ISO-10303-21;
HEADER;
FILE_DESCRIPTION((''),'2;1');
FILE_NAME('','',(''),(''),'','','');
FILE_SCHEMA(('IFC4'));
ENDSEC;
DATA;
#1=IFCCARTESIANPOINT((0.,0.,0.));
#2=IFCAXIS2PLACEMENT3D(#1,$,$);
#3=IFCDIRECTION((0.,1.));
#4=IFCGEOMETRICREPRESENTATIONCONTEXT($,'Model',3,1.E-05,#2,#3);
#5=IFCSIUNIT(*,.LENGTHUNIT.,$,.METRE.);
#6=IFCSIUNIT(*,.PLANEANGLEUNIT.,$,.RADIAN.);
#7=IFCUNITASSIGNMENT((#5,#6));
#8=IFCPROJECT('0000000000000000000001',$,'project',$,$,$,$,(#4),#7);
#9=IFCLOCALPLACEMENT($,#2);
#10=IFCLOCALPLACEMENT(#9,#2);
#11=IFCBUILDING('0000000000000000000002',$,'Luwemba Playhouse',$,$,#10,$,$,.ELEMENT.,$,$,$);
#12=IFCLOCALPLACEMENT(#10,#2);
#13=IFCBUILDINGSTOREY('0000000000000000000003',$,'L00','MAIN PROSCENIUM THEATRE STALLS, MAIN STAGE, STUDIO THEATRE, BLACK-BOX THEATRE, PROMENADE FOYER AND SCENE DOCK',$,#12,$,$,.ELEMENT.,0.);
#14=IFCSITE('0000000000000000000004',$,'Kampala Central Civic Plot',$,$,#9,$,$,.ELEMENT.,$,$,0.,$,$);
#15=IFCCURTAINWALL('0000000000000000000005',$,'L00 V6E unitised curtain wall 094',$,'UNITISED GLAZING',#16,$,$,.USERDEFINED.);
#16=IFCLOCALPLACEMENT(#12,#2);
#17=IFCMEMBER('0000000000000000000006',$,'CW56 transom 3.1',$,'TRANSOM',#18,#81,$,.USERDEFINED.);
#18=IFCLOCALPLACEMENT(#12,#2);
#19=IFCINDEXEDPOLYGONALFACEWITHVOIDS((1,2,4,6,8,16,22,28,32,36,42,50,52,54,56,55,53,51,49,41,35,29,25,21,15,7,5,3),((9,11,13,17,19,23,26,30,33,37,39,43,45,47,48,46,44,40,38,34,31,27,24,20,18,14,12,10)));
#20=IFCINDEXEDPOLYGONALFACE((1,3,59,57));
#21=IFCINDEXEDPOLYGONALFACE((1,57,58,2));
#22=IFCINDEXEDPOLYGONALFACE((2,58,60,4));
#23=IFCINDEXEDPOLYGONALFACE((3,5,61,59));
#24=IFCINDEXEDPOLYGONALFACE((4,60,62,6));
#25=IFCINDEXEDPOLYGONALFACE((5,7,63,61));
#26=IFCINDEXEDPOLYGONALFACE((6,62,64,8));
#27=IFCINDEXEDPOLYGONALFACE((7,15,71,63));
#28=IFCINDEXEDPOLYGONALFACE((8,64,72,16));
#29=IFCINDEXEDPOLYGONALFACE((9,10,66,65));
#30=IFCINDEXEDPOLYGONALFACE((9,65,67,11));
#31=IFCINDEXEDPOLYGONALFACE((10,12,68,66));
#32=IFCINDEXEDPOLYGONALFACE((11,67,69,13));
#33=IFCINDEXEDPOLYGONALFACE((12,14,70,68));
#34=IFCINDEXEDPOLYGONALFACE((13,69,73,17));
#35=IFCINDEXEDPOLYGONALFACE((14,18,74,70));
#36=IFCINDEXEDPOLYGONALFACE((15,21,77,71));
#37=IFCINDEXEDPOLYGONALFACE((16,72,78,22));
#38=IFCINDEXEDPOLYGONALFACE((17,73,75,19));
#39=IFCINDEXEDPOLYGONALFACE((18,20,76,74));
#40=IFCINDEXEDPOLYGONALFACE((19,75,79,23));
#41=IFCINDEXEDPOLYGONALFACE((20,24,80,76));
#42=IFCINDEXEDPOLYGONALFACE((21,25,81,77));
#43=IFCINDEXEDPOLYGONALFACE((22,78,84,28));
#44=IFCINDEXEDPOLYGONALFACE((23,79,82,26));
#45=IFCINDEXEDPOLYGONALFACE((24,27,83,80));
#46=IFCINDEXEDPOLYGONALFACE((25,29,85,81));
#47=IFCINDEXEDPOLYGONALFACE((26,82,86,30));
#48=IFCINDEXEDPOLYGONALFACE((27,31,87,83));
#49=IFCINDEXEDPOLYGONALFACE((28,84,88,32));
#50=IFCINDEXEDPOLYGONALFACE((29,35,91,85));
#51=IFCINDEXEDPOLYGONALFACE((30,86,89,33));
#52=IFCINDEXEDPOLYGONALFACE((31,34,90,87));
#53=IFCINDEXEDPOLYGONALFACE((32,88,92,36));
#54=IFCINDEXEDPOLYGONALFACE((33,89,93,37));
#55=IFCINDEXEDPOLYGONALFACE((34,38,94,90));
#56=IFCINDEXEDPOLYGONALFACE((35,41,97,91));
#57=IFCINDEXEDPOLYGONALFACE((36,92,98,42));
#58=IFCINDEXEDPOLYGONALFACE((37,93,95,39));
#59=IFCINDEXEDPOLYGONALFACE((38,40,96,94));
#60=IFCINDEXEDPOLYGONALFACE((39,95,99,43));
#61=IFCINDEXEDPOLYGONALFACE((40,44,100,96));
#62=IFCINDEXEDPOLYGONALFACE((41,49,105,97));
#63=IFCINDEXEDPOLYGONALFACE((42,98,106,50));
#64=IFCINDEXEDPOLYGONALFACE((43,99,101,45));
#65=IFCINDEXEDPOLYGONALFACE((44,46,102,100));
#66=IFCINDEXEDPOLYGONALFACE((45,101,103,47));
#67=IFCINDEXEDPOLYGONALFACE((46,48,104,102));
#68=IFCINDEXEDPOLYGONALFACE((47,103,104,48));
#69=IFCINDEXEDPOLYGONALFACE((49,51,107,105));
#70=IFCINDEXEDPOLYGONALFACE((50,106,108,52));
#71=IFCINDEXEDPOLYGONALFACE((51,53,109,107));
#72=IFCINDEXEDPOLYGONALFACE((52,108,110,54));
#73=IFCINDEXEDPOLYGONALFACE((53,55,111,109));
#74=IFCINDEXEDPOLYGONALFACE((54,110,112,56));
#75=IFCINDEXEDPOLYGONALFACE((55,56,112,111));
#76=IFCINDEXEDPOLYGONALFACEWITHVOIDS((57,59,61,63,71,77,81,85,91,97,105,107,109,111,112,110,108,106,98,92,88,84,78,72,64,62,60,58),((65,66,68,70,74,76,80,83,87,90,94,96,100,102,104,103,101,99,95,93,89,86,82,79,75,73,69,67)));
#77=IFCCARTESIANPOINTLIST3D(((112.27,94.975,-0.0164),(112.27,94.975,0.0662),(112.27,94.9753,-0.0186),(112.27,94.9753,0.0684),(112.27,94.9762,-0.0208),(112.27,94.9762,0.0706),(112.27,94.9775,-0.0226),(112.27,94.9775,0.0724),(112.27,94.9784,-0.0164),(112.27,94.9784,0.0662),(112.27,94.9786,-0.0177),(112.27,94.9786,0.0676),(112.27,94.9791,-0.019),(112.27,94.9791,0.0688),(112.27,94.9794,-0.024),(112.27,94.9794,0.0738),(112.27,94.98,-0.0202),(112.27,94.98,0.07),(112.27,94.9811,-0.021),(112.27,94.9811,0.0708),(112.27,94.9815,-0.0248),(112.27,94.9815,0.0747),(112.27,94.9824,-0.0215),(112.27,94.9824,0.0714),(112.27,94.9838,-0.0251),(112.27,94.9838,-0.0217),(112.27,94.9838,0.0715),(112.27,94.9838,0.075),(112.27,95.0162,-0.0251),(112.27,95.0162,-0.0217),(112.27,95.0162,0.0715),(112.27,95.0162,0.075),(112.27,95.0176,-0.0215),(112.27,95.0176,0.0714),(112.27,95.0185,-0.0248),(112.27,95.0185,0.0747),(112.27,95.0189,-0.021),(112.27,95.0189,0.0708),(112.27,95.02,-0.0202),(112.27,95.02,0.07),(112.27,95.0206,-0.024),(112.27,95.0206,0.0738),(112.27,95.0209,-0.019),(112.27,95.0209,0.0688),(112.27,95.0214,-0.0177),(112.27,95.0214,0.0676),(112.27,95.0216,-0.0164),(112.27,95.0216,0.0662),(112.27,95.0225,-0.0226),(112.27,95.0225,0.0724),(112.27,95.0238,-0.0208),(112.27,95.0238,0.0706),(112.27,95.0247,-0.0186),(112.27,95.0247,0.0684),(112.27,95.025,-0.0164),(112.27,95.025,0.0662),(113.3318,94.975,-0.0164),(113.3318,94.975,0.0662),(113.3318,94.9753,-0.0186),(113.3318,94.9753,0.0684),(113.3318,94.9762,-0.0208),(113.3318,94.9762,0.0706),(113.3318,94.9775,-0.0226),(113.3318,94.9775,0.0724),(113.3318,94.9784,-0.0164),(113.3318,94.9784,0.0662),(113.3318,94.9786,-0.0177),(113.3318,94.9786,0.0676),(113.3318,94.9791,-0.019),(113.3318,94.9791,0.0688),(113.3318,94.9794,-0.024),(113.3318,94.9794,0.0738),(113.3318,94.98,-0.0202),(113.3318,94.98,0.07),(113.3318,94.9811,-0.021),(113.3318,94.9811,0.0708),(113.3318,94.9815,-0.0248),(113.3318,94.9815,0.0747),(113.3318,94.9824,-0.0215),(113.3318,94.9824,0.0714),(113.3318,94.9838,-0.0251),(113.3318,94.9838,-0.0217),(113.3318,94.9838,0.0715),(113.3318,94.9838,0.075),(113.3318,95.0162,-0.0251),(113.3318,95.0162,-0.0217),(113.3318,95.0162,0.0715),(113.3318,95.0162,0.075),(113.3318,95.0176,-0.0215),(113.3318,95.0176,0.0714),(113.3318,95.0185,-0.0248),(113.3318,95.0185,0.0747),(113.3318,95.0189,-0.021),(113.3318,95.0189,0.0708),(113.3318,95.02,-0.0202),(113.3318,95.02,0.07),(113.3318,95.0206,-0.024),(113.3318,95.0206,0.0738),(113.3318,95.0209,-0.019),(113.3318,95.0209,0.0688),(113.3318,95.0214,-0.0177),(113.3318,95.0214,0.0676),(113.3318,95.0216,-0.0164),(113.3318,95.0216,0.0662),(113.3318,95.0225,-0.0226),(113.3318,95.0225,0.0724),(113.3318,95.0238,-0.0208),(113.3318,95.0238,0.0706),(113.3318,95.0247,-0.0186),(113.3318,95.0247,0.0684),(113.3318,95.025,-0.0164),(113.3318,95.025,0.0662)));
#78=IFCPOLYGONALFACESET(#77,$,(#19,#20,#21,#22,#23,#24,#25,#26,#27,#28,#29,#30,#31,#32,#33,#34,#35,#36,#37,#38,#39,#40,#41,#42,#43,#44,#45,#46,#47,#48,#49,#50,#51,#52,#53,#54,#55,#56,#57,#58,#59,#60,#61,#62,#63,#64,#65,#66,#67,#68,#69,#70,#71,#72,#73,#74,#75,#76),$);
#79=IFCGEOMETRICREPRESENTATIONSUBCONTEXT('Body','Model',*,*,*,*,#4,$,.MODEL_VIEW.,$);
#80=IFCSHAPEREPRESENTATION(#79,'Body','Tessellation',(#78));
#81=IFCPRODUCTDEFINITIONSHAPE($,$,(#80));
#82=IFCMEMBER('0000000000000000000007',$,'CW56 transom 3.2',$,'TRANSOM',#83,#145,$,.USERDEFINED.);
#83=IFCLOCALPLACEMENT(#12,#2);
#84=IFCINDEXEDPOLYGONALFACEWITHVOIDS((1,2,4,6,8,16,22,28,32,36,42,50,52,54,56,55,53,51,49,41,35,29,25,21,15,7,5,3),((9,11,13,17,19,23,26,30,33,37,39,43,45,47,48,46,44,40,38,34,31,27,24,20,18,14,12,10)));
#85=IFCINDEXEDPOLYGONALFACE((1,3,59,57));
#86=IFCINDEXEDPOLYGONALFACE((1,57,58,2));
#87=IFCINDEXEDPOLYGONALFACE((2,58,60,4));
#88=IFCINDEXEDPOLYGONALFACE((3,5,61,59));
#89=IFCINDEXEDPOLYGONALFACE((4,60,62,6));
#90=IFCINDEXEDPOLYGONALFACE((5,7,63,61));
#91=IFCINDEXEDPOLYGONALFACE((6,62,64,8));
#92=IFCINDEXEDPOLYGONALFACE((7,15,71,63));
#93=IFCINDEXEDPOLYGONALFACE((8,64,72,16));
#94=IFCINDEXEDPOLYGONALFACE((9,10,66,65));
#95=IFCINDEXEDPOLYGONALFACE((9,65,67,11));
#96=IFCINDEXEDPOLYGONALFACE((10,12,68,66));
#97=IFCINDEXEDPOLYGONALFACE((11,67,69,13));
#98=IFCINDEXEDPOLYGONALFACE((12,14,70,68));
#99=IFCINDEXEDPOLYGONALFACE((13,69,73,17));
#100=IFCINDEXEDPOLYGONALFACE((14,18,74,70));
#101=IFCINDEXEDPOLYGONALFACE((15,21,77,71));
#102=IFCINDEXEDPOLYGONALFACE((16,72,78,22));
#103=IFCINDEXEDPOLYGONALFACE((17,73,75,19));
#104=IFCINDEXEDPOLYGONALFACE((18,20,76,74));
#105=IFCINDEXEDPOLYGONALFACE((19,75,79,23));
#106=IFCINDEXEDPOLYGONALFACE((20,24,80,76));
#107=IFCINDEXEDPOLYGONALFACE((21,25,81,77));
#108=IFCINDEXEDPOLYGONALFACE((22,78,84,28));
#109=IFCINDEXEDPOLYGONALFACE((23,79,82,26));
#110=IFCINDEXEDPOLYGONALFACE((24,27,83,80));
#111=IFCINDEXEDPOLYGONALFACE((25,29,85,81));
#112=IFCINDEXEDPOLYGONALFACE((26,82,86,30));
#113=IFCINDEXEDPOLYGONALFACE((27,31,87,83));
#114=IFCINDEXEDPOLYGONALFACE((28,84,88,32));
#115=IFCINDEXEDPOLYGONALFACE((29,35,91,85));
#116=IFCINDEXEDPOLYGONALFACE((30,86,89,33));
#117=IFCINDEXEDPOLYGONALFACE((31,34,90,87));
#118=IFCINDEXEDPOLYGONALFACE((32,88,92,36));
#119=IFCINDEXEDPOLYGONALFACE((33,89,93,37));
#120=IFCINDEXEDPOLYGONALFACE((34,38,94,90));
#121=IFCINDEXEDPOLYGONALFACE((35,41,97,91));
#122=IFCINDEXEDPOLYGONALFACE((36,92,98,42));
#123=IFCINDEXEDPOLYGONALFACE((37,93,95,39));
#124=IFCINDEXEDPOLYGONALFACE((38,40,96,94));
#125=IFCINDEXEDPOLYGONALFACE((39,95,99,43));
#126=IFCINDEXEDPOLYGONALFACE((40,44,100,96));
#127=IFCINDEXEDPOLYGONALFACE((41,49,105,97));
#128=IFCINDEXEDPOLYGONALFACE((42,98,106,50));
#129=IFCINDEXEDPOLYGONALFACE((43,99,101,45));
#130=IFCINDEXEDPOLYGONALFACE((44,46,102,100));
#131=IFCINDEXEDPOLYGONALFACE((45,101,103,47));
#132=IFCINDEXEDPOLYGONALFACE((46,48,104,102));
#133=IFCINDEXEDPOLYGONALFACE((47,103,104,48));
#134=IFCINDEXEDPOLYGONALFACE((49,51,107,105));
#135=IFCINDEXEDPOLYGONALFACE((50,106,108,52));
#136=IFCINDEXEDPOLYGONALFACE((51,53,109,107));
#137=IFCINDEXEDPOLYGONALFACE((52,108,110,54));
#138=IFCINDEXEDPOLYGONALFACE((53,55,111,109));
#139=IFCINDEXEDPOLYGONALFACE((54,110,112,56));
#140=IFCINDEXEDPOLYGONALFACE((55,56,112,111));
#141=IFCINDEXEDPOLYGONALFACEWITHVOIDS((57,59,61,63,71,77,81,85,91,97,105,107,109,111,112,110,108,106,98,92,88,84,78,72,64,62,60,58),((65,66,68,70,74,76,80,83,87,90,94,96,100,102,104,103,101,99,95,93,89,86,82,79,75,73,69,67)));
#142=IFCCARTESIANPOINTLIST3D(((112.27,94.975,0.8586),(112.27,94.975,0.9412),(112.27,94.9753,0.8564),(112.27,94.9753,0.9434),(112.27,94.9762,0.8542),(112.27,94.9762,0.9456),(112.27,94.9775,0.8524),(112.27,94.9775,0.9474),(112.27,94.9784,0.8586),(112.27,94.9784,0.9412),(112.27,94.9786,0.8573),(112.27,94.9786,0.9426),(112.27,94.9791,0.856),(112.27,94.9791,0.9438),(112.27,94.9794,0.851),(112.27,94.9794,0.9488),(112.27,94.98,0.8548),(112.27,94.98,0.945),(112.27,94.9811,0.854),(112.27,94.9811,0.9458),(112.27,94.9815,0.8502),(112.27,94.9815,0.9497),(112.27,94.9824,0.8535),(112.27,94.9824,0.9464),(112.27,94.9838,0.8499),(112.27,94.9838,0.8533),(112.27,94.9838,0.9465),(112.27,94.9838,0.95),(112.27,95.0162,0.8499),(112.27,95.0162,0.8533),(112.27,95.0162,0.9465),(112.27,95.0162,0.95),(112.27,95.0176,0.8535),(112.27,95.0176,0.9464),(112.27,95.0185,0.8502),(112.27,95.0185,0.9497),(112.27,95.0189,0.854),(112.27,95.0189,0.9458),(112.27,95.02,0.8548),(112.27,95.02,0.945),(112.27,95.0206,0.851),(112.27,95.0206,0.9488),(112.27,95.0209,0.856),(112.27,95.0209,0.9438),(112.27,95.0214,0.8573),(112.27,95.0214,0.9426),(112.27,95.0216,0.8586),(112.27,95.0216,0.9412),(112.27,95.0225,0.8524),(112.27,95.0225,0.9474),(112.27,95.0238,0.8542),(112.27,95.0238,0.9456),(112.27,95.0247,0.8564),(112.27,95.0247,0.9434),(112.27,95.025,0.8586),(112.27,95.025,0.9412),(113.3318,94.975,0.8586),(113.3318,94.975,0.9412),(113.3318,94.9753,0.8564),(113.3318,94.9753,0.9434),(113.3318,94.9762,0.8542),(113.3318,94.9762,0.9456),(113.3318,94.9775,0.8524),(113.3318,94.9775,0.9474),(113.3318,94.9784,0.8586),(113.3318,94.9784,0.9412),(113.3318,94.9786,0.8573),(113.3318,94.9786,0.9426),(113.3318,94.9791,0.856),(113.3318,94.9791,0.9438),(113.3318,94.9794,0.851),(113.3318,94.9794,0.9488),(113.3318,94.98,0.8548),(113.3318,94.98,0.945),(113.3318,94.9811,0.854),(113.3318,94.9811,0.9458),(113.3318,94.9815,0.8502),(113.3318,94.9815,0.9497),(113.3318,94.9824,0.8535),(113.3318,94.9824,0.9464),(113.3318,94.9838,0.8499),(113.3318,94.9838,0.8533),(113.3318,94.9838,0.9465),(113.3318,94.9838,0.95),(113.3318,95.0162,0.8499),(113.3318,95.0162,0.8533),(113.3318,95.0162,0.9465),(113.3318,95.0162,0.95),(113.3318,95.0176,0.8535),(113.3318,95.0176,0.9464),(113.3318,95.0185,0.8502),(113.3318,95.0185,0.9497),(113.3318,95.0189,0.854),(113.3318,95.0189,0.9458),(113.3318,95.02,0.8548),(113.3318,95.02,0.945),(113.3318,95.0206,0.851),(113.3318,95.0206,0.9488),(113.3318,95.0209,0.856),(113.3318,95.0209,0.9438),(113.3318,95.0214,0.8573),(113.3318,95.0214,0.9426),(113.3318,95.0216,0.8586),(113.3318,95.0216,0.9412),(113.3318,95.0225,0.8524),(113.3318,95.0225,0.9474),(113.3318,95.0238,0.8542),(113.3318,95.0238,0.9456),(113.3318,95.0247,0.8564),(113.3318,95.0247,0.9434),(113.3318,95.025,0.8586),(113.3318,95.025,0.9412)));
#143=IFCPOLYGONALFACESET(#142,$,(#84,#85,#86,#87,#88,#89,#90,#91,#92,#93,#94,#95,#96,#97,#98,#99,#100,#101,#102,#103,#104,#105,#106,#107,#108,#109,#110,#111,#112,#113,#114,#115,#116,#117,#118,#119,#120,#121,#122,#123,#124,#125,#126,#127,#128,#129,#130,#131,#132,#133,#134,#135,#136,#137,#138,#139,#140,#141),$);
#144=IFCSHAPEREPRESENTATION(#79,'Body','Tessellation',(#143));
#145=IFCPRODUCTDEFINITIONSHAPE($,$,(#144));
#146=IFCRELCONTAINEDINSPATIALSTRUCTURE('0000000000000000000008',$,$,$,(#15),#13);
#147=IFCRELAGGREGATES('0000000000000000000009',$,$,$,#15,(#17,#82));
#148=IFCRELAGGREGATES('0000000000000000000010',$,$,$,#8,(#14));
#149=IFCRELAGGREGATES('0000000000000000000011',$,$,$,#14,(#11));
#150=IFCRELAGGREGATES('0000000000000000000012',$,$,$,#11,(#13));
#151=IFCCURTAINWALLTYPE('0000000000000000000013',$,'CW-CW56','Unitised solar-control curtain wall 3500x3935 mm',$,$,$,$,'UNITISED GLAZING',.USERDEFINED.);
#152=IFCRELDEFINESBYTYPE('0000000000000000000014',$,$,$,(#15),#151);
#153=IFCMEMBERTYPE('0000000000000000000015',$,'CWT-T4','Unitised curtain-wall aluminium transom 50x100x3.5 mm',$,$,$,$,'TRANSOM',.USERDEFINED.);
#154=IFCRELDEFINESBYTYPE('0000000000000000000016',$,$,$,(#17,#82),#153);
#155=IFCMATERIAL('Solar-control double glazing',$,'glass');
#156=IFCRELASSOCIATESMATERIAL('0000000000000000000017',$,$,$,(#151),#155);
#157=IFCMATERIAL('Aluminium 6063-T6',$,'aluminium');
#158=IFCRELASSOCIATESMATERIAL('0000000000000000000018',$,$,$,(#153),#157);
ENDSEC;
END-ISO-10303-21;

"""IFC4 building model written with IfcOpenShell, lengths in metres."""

from ifc_helpers import new_model, si_unit, direction, frame, origin, origin_2d, place, context, subcontext, project, spatial, hollow_rectangle, extrude, material, material_profile, profile_set, type_object, element, aggregate, save


model = new_model("IFC4")

# Units and contexts
model_context = context("Model", 3, precision=1e-05, world=origin(), true_north=direction((0.0, 1.0)))
body_context = subcontext(model_context, "Body", "Model", "MODEL_VIEW")
ifc_project = project(units=[si_unit("LENGTHUNIT", "METRE"), si_unit("PLANEANGLEUNIT", "RADIAN")], contexts=[model_context])

# Site, building, storey
site_placement = place(None, origin())
site = spatial("IfcSite", under=ifc_project, at=site_placement, Name="Kampala Central Civic Plot", CompositionType="ELEMENT", RefElevation=0.0)
building_placement = place(site_placement, origin())
building = spatial("IfcBuilding", under=site, at=building_placement, Name="Luwemba Playhouse", CompositionType="ELEMENT")
storey_placement = place(building_placement, origin())
storey = spatial("IfcBuildingStorey", under=building, at=storey_placement, Name="L00", Description="MAIN PROSCENIUM THEATRE STALLS, MAIN STAGE, STUDIO THEATRE, BLACK-BOX THEATRE, PROMENADE FOYER AND SCENE DOCK", CompositionType="ELEMENT", Elevation=0.0)

# Curtain wall, members
ifc_material_1 = material(Name="Solar-control double glazing", Category="glass")
curtain_wall_type = type_object("IfcCurtainWallType", Name="CW-CW56", Description="Unitised solar-control curtain wall 3500x3935 mm", ElementType="UNITISED GLAZING", PredefinedType="USERDEFINED", material=ifc_material_1)
curtain_wall_placement = place(storey_placement, origin())
curtain_wall = element("IfcCurtainWall", 1, at=curtain_wall_placement, inside=storey, type_object=curtain_wall_type, Name="L00 V6E unitised curtain wall 094", ObjectType="UNITISED GLAZING", PredefinedType="USERDEFINED")
ifc_material_2 = material(Name="Aluminium 6063-T6", Category="aluminium")
ifc_material_profile_1 = material_profile(ifc_material_2, hollow_rectangle(XDim=0.05, YDim=0.1001, WallThickness=0.0034, InnerFilletRadius=0.0054, OuterFilletRadius=0.0088, at=origin_2d()))
ifc_profile_set_1 = profile_set([ifc_material_profile_1], Name="Aluminium 6063-T6")
member_type_1 = type_object("IfcMemberType", Name="CWT-T4", Description="Unitised curtain-wall aluminium transom 50x100x3.5 mm", ElementType="TRANSOM", PredefinedType="USERDEFINED", material=ifc_profile_set_1)
member_1_placement = place(storey_placement, frame((113.3318, 95.0, 0.0249), z_axis=(-1.0, 0.0, 0.0), x_axis=(0.0, -1.0, 0.0)))
member_1 = element("IfcMember", 2, at=member_1_placement, type_object=member_type_1, Name="CW56 transom 3.1", ObjectType="TRANSOM", PredefinedType="USERDEFINED", context=body_context, shape_type="SweptSolid", body=[
    extrude(hollow_rectangle(XDim=0.05, YDim=0.1001, WallThickness=0.0034, InnerFilletRadius=0.0054, OuterFilletRadius=0.0088, at=origin_2d()), origin(), (0.0, 0.0, 1.0), 1.0618),
])
member_2_placement = place(storey_placement, frame((113.3318, 95.0, 0.8999), z_axis=(-1.0, 0.0, 0.0), x_axis=(0.0, -1.0, 0.0)))
member_2 = element("IfcMember", 3, at=member_2_placement, type_object=member_type_1, Name="CW56 transom 3.2", ObjectType="TRANSOM", PredefinedType="USERDEFINED", context=body_context, shape_type="SweptSolid", body=[
    extrude(hollow_rectangle(XDim=0.05, YDim=0.1001, WallThickness=0.0034, InnerFilletRadius=0.0054, OuterFilletRadius=0.0088, at=origin_2d()), origin(), (0.0, 0.0, 1.0), 1.0618),
])
aggregate(curtain_wall, [member_1, member_2])

save(model, "model.ifc")
